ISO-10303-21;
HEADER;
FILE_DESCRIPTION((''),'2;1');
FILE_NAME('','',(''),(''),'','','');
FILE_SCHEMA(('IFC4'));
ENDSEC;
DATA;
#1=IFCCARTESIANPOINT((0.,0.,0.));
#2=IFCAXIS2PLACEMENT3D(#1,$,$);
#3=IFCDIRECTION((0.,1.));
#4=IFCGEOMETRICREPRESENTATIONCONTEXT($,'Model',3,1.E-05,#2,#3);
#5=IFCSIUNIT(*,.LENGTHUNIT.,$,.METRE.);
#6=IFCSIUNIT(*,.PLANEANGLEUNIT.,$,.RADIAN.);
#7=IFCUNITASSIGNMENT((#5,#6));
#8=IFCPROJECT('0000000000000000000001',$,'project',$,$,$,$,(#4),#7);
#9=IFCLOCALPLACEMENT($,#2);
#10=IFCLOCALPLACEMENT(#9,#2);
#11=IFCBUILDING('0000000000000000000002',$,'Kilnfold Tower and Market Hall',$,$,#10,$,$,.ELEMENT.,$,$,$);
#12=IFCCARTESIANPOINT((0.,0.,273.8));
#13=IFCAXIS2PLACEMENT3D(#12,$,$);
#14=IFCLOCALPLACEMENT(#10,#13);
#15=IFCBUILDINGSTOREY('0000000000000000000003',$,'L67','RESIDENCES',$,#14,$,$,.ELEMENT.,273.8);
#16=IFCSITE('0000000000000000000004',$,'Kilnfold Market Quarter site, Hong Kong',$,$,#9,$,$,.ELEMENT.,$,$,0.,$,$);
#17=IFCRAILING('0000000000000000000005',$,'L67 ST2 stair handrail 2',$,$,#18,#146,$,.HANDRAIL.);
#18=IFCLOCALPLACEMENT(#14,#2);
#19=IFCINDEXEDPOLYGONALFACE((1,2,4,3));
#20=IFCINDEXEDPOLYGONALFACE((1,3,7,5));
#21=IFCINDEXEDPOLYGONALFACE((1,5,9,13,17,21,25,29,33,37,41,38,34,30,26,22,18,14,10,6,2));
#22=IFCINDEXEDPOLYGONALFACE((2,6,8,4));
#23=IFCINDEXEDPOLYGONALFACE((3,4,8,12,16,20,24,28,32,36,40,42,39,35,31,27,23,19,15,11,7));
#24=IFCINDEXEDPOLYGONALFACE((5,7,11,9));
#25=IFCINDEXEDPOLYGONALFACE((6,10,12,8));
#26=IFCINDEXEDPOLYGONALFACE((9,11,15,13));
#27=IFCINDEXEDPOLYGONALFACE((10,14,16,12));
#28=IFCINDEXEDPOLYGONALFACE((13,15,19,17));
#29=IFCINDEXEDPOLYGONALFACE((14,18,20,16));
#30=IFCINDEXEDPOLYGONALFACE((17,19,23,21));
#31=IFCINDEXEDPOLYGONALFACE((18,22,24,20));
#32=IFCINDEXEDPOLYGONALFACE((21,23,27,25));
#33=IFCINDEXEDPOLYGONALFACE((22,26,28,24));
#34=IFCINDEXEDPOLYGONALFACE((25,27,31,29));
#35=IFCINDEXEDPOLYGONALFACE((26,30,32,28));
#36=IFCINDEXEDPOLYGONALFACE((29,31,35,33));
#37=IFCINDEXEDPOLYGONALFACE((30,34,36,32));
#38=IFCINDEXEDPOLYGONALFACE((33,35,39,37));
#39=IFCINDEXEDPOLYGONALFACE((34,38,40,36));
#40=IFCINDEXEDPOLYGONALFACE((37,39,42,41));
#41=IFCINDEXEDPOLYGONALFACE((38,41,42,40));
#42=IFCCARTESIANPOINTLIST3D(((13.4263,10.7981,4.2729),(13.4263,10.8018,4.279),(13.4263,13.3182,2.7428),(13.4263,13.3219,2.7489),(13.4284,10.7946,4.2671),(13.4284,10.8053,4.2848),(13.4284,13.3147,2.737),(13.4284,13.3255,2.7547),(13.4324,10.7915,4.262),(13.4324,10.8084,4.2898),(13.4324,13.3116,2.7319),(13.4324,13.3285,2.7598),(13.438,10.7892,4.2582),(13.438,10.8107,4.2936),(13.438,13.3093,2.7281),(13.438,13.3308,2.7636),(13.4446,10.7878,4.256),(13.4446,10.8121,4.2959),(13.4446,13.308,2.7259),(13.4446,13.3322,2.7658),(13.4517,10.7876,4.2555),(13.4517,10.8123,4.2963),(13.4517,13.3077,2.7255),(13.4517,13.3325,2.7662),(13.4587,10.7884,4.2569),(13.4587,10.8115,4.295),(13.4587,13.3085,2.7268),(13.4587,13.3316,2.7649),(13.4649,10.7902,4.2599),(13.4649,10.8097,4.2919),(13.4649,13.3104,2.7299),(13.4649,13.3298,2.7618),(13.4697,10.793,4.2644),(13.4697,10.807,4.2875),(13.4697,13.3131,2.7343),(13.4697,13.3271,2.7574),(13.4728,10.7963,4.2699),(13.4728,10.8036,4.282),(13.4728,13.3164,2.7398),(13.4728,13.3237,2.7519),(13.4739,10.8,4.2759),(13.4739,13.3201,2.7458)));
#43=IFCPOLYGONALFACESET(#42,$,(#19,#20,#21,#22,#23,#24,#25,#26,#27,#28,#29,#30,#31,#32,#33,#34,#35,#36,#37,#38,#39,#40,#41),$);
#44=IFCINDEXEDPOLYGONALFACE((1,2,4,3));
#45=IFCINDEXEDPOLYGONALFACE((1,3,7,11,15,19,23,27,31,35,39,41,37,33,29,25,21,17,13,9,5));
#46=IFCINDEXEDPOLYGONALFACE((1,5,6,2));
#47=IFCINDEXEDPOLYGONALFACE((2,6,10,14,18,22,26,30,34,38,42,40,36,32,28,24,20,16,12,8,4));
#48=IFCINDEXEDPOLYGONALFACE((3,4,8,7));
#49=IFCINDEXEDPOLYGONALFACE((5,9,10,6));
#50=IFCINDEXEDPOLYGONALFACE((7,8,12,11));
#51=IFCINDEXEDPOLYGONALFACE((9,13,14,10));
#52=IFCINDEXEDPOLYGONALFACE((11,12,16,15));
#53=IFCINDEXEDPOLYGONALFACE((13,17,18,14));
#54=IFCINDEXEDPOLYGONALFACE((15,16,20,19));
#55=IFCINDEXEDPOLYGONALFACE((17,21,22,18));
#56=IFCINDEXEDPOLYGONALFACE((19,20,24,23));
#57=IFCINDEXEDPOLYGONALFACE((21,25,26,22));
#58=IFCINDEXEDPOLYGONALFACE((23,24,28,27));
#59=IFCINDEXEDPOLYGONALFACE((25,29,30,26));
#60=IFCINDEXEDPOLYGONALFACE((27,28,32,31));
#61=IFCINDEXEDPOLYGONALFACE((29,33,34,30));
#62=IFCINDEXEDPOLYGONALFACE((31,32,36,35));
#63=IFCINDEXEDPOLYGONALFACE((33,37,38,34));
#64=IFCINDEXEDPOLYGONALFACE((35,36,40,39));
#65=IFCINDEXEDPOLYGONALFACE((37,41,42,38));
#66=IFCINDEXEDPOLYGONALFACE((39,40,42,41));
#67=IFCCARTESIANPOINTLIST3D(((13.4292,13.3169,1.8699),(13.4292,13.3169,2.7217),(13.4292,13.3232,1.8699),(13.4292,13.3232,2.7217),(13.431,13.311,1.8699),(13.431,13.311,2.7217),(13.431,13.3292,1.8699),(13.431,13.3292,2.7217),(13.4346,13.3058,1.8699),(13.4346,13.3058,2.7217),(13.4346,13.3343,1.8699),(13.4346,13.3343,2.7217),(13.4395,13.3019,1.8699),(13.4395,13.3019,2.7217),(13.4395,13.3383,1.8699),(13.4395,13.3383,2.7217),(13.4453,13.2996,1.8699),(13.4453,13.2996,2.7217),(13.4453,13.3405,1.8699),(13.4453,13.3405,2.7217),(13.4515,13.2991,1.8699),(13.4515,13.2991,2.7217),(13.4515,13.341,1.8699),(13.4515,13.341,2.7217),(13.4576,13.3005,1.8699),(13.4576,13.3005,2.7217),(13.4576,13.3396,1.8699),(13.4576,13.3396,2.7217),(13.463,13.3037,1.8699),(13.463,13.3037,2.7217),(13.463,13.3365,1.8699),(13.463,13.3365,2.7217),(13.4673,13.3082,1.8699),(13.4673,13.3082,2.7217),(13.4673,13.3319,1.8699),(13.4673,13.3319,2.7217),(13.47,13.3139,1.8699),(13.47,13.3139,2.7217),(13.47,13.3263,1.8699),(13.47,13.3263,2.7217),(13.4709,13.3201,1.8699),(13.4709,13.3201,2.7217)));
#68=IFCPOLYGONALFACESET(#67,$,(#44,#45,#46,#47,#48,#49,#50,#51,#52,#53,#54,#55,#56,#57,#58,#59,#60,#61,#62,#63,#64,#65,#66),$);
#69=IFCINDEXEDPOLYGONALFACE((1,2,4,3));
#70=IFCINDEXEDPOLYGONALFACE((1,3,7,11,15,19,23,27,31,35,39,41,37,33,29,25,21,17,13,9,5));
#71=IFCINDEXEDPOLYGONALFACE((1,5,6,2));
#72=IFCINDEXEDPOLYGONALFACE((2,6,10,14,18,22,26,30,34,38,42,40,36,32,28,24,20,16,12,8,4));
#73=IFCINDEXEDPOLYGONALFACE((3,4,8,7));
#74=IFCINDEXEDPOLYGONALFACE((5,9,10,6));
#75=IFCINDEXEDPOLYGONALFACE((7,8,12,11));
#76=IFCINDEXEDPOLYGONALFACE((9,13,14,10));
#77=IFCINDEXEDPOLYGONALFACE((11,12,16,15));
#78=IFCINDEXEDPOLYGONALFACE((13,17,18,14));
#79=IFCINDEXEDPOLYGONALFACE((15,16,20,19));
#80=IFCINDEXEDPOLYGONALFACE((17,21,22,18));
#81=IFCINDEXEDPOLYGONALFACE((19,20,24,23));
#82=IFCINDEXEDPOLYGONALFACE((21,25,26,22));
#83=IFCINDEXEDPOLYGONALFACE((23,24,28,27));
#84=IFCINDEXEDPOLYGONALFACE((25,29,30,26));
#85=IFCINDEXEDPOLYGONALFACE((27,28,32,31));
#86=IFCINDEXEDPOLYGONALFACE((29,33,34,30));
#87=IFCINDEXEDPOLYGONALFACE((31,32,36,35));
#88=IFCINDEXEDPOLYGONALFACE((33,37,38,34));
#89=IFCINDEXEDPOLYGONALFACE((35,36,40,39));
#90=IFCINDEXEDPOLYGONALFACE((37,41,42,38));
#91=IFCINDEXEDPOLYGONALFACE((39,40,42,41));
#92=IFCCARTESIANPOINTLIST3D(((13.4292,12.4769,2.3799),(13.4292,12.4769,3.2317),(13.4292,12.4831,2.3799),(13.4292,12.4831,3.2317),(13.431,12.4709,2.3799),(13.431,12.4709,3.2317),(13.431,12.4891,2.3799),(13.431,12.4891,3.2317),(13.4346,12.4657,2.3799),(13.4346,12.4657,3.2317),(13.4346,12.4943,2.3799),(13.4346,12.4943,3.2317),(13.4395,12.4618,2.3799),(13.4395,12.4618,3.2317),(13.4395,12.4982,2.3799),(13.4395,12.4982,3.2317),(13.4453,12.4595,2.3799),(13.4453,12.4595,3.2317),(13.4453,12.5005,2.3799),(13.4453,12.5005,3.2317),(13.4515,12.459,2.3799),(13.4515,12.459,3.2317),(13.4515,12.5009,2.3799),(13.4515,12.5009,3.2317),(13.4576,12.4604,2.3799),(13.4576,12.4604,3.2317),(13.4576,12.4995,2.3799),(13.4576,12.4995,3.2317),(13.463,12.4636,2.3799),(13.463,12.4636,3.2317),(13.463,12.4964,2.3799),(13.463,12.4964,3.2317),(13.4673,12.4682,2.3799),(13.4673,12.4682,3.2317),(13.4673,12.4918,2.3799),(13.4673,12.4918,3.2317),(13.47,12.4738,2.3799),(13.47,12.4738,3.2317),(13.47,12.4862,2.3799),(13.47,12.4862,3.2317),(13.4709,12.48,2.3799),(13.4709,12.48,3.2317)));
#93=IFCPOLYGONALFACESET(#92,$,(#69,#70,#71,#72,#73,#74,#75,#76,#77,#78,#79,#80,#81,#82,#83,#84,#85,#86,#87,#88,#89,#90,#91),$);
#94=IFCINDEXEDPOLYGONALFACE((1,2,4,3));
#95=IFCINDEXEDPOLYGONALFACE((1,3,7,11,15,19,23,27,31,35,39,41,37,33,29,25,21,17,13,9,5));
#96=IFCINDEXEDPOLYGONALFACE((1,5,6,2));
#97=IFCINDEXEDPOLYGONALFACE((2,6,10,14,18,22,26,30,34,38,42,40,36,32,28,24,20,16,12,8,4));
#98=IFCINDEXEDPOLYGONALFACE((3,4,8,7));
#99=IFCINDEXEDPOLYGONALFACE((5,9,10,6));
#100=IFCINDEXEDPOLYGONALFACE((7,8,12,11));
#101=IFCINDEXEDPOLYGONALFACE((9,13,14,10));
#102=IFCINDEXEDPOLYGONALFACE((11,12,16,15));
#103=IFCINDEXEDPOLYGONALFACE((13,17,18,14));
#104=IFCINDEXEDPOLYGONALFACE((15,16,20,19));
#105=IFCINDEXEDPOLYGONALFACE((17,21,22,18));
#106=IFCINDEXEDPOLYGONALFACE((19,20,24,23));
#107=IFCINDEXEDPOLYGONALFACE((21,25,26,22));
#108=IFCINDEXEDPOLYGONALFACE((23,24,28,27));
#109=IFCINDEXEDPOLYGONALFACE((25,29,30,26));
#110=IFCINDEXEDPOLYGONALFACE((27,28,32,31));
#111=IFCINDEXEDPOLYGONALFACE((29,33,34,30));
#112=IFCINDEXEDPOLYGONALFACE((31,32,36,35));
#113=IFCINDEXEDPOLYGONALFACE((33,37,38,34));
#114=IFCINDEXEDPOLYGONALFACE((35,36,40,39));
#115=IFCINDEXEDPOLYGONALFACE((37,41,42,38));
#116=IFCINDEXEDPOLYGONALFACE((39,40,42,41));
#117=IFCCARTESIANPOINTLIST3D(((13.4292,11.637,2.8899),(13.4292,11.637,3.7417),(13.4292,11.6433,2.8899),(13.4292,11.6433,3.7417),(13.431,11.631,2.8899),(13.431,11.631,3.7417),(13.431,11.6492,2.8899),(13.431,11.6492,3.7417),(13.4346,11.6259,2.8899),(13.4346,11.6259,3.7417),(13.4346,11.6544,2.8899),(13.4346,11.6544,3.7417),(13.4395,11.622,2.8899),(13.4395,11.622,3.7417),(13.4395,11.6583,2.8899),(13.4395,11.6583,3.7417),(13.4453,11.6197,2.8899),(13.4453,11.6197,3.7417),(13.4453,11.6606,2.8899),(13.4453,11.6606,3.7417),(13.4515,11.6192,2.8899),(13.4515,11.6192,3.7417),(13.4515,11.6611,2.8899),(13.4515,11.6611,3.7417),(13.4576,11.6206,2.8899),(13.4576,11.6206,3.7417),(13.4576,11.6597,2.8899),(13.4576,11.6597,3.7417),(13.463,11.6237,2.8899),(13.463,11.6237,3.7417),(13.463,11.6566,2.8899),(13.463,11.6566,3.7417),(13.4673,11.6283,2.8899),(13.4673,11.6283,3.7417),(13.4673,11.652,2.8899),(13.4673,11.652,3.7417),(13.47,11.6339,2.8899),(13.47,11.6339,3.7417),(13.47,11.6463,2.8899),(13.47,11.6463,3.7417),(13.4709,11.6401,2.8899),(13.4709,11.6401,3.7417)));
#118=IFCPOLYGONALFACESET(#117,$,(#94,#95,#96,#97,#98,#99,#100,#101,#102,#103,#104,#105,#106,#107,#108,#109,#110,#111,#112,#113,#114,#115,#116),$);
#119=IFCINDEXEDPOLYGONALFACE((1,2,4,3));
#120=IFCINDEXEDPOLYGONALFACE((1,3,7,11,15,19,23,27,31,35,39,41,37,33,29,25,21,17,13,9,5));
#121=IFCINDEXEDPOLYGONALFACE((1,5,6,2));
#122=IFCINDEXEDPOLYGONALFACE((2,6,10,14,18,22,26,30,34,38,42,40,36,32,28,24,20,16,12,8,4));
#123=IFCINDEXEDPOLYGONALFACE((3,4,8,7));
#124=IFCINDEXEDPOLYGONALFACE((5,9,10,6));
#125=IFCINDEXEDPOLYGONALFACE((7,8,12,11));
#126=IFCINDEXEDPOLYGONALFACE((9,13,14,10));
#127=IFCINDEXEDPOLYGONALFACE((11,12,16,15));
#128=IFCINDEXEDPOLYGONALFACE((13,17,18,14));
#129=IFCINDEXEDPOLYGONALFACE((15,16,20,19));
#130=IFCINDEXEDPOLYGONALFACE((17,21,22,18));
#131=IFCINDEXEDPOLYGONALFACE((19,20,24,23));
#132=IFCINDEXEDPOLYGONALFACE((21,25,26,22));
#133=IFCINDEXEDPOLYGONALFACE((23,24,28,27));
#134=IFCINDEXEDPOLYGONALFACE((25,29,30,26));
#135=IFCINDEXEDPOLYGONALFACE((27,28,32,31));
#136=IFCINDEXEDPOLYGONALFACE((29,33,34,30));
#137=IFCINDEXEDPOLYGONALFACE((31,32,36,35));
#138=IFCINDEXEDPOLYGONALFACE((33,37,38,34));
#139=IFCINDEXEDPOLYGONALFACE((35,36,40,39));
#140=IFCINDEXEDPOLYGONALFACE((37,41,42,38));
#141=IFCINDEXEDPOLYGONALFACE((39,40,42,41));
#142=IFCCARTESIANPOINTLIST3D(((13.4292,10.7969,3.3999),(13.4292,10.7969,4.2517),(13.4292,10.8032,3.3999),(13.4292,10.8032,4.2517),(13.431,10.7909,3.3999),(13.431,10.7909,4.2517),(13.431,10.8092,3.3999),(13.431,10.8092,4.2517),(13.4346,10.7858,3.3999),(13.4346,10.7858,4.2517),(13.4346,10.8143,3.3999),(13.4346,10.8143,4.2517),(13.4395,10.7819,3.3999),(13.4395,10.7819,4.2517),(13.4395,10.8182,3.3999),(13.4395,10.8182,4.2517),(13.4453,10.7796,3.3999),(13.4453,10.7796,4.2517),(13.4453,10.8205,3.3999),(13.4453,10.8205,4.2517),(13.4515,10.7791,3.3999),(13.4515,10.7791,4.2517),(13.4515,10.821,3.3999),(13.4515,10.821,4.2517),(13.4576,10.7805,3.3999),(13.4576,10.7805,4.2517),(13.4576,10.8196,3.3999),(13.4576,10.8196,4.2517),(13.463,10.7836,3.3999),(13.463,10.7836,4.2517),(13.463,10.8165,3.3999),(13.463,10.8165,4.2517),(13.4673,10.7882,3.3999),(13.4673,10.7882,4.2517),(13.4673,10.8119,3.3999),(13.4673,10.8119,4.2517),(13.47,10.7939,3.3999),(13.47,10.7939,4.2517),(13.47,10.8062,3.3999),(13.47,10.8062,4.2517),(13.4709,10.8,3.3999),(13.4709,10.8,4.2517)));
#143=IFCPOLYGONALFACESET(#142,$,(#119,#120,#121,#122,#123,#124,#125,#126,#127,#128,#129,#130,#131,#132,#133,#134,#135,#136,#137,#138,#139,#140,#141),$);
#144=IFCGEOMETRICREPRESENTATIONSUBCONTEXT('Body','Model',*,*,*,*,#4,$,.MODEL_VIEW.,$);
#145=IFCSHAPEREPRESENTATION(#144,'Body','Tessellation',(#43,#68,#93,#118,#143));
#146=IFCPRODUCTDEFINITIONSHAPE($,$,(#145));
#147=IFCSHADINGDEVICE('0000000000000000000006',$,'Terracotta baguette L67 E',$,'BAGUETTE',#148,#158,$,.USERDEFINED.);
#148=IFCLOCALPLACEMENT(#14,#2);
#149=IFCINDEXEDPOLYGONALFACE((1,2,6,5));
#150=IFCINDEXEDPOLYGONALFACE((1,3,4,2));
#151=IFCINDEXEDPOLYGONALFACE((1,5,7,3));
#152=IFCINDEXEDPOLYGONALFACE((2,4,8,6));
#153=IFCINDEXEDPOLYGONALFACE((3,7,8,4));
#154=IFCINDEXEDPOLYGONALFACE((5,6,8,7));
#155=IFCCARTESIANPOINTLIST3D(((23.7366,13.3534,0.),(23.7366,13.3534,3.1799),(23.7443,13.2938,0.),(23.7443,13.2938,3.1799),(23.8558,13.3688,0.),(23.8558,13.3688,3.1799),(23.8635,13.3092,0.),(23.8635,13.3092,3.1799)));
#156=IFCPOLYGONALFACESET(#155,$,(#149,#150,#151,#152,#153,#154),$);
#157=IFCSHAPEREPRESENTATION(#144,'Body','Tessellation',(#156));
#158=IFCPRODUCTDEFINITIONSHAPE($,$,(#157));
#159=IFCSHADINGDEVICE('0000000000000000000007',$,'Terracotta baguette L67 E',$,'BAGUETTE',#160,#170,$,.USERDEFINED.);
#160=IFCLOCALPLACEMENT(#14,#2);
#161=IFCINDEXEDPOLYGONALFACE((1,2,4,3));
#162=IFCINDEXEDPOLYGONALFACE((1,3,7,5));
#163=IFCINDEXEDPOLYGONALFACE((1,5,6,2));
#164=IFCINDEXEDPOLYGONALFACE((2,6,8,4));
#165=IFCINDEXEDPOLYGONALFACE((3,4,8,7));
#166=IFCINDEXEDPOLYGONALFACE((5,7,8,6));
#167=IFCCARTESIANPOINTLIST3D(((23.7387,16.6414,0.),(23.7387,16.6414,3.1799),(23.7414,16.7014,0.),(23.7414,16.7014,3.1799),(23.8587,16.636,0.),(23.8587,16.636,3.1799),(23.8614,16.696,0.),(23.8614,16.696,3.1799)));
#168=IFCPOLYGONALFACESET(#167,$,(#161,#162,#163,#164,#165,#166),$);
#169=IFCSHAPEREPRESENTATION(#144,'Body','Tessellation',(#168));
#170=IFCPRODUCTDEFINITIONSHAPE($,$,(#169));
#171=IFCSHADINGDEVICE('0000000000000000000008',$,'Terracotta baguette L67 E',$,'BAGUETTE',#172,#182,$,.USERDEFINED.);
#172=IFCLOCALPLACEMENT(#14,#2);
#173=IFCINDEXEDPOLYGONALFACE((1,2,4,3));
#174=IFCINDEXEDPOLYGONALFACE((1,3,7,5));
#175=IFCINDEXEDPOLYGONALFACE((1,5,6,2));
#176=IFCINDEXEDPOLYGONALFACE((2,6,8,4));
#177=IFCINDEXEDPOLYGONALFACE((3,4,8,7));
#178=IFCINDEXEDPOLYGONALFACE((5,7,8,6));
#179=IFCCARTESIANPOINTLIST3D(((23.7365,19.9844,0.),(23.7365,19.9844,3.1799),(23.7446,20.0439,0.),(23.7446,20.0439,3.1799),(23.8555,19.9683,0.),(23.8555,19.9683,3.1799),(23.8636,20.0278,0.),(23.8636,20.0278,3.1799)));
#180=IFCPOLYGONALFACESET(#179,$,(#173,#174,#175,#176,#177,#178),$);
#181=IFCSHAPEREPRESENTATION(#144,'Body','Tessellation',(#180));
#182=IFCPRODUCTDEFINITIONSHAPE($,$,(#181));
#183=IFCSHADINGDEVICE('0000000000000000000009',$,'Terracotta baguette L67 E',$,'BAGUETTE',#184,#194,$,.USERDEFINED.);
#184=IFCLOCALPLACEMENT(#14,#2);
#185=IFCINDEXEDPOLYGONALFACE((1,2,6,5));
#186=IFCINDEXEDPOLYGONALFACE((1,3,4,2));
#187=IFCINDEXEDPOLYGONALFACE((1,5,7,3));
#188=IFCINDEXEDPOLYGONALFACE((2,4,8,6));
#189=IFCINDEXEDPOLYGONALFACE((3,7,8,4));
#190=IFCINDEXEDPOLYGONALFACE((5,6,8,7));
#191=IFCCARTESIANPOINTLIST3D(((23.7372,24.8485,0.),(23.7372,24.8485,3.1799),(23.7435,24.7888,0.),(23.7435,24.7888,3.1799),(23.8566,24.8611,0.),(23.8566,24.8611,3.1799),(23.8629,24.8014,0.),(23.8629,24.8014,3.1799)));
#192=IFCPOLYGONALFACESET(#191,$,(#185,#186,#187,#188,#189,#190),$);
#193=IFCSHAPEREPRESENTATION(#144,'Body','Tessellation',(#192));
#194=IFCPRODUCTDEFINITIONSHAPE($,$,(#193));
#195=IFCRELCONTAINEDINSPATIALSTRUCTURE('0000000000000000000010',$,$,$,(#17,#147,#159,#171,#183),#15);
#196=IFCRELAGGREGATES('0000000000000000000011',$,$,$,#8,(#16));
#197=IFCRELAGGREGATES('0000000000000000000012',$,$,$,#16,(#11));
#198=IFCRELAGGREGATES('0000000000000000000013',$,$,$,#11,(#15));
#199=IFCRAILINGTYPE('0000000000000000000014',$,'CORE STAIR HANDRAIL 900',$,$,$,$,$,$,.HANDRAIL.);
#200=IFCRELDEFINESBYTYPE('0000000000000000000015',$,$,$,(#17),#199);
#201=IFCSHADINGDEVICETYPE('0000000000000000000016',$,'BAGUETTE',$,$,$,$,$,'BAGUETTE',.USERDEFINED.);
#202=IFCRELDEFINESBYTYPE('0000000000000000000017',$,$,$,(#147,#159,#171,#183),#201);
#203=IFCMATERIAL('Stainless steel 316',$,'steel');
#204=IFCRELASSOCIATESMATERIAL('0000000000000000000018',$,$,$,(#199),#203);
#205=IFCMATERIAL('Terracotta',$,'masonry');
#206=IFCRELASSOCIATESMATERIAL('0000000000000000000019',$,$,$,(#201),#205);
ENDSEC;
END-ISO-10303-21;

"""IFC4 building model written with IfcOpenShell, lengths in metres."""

from ifc_helpers import new_model, si_unit, direction, frame, origin, origin_2d, place, context, subcontext, project, spatial, rectangle, circle, extrude, source, transform, mapped, material, material_profile, profile_set, type_object, element, save


model = new_model("IFC4")

# Units and contexts
model_context = context("Model", 3, precision=1e-05, world=origin(), true_north=direction((0.0, 1.0)))
body_context = subcontext(model_context, "Body", "Model", "MODEL_VIEW")
ifc_project = project(units=[si_unit("LENGTHUNIT", "METRE"), si_unit("PLANEANGLEUNIT", "RADIAN")], contexts=[model_context])

# Site, building, storey
site_placement = place(None, origin())
site = spatial("IfcSite", under=ifc_project, at=site_placement, Name="Kilnfold Market Quarter site, Hong Kong", CompositionType="ELEMENT", RefElevation=0.0)
building_placement = place(site_placement, origin())
building = spatial("IfcBuilding", under=site, at=building_placement, Name="Kilnfold Tower and Market Hall", CompositionType="ELEMENT")
storey_placement = place(building_placement, frame((0.0, 0.0, 273.8)))
storey = spatial("IfcBuildingStorey", under=building, at=storey_placement, Name="L67", Description="RESIDENCES", CompositionType="ELEMENT", Elevation=273.8)

# Railing
ifc_material_1 = material(Name="Stainless steel 316", Category="steel")
railing_type = type_object("IfcRailingType", Name="CORE STAIR HANDRAIL 900", PredefinedType="HANDRAIL", material=ifc_material_1)
railing_placement = place(storey_placement, frame((13.45, 13.3201, 1.8699)))
element("IfcRailing", 1, at=railing_placement, inside=storey, type_object=railing_type, Name="L67 ST2 stair handrail 2", PredefinedType="HANDRAIL", context=body_context, shape_type="SweptSolid", body=[
    extrude(circle(Radius=0.0239, at=origin_2d()), frame((0.0, 0.0, 0.876), z_axis=(0.0, -0.854785, 0.518982), x_axis=(1.0, 0.0, 0.0)), (0.0, 0.0, 1.0), 2.9482),
    extrude(circle(Radius=0.021, at=origin_2d()), origin(), (0.0, 0.0, 1.0), 0.8518),
    extrude(circle(Radius=0.021, at=origin_2d()), frame((0.0, -0.8401, 0.51)), (0.0, 0.0, 1.0), 0.8518),
    extrude(circle(Radius=0.021, at=origin_2d()), frame((0.0, -1.6799, 1.02)), (0.0, 0.0, 1.0), 0.8518),
    extrude(circle(Radius=0.021, at=origin_2d()), frame((0.0, -2.52, 1.53)), (0.0, 0.0, 1.0), 0.8518),
])

# Shading devices
ifc_material_2 = material(Name="Terracotta", Category="masonry")
ifc_material_profile_1 = material_profile(ifc_material_2, rectangle(XDim=0.0601, YDim=0.1201, at=origin_2d()), Name="BAG 60x120")
ifc_profile_set_1 = profile_set([ifc_material_profile_1], Name="Terracotta")
shading_device_type = type_object("IfcShadingDeviceType", Name="BAGUETTE", ElementType="BAGUETTE", PredefinedType="USERDEFINED", material=ifc_profile_set_1)
shared_shape_1 = source(origin(), body_context, "Body", "SweptSolid", [
    extrude(rectangle(XDim=0.0601, YDim=0.1201, at=origin_2d()), origin(), (0.0, 0.0, 1.0), 3.1799),
])
for number, where, z_axis, x_axis, name in (
    (2, (23.8, 13.3313, 0.0), (0.0, 0.0, 1.0), (-0.128062, 0.991766, 0.0), "Terracotta baguette L67 E"),
    (3, (23.8, 16.6687, 0.0), (0.0, 0.0, 1.0), (0.0453, 0.998973, 0.0), "Terracotta baguette L67 E"),
    (4, (23.8, 20.0061, 0.0), (0.0, 0.0, 1.0), (0.134609, 0.990899, 0.0), "Terracotta baguette L67 E"),
    (5, (23.8, 24.825, 0.0), (0.0, 0.0, 1.0), (-0.104657, 0.994508, 0.0), "Terracotta baguette L67 E"),
):
    element("IfcShadingDevice", number, at=place(storey_placement, frame(where, z_axis=z_axis, x_axis=x_axis)), inside=storey, type_object=shading_device_type, Name=name, ObjectType="BAGUETTE", PredefinedType="USERDEFINED", context=body_context, shape_type="MappedRepresentation", body=[
        mapped(shared_shape_1, transform((0.0, 0.0, 0.0))),
    ])

save(model, "model.ifc")
